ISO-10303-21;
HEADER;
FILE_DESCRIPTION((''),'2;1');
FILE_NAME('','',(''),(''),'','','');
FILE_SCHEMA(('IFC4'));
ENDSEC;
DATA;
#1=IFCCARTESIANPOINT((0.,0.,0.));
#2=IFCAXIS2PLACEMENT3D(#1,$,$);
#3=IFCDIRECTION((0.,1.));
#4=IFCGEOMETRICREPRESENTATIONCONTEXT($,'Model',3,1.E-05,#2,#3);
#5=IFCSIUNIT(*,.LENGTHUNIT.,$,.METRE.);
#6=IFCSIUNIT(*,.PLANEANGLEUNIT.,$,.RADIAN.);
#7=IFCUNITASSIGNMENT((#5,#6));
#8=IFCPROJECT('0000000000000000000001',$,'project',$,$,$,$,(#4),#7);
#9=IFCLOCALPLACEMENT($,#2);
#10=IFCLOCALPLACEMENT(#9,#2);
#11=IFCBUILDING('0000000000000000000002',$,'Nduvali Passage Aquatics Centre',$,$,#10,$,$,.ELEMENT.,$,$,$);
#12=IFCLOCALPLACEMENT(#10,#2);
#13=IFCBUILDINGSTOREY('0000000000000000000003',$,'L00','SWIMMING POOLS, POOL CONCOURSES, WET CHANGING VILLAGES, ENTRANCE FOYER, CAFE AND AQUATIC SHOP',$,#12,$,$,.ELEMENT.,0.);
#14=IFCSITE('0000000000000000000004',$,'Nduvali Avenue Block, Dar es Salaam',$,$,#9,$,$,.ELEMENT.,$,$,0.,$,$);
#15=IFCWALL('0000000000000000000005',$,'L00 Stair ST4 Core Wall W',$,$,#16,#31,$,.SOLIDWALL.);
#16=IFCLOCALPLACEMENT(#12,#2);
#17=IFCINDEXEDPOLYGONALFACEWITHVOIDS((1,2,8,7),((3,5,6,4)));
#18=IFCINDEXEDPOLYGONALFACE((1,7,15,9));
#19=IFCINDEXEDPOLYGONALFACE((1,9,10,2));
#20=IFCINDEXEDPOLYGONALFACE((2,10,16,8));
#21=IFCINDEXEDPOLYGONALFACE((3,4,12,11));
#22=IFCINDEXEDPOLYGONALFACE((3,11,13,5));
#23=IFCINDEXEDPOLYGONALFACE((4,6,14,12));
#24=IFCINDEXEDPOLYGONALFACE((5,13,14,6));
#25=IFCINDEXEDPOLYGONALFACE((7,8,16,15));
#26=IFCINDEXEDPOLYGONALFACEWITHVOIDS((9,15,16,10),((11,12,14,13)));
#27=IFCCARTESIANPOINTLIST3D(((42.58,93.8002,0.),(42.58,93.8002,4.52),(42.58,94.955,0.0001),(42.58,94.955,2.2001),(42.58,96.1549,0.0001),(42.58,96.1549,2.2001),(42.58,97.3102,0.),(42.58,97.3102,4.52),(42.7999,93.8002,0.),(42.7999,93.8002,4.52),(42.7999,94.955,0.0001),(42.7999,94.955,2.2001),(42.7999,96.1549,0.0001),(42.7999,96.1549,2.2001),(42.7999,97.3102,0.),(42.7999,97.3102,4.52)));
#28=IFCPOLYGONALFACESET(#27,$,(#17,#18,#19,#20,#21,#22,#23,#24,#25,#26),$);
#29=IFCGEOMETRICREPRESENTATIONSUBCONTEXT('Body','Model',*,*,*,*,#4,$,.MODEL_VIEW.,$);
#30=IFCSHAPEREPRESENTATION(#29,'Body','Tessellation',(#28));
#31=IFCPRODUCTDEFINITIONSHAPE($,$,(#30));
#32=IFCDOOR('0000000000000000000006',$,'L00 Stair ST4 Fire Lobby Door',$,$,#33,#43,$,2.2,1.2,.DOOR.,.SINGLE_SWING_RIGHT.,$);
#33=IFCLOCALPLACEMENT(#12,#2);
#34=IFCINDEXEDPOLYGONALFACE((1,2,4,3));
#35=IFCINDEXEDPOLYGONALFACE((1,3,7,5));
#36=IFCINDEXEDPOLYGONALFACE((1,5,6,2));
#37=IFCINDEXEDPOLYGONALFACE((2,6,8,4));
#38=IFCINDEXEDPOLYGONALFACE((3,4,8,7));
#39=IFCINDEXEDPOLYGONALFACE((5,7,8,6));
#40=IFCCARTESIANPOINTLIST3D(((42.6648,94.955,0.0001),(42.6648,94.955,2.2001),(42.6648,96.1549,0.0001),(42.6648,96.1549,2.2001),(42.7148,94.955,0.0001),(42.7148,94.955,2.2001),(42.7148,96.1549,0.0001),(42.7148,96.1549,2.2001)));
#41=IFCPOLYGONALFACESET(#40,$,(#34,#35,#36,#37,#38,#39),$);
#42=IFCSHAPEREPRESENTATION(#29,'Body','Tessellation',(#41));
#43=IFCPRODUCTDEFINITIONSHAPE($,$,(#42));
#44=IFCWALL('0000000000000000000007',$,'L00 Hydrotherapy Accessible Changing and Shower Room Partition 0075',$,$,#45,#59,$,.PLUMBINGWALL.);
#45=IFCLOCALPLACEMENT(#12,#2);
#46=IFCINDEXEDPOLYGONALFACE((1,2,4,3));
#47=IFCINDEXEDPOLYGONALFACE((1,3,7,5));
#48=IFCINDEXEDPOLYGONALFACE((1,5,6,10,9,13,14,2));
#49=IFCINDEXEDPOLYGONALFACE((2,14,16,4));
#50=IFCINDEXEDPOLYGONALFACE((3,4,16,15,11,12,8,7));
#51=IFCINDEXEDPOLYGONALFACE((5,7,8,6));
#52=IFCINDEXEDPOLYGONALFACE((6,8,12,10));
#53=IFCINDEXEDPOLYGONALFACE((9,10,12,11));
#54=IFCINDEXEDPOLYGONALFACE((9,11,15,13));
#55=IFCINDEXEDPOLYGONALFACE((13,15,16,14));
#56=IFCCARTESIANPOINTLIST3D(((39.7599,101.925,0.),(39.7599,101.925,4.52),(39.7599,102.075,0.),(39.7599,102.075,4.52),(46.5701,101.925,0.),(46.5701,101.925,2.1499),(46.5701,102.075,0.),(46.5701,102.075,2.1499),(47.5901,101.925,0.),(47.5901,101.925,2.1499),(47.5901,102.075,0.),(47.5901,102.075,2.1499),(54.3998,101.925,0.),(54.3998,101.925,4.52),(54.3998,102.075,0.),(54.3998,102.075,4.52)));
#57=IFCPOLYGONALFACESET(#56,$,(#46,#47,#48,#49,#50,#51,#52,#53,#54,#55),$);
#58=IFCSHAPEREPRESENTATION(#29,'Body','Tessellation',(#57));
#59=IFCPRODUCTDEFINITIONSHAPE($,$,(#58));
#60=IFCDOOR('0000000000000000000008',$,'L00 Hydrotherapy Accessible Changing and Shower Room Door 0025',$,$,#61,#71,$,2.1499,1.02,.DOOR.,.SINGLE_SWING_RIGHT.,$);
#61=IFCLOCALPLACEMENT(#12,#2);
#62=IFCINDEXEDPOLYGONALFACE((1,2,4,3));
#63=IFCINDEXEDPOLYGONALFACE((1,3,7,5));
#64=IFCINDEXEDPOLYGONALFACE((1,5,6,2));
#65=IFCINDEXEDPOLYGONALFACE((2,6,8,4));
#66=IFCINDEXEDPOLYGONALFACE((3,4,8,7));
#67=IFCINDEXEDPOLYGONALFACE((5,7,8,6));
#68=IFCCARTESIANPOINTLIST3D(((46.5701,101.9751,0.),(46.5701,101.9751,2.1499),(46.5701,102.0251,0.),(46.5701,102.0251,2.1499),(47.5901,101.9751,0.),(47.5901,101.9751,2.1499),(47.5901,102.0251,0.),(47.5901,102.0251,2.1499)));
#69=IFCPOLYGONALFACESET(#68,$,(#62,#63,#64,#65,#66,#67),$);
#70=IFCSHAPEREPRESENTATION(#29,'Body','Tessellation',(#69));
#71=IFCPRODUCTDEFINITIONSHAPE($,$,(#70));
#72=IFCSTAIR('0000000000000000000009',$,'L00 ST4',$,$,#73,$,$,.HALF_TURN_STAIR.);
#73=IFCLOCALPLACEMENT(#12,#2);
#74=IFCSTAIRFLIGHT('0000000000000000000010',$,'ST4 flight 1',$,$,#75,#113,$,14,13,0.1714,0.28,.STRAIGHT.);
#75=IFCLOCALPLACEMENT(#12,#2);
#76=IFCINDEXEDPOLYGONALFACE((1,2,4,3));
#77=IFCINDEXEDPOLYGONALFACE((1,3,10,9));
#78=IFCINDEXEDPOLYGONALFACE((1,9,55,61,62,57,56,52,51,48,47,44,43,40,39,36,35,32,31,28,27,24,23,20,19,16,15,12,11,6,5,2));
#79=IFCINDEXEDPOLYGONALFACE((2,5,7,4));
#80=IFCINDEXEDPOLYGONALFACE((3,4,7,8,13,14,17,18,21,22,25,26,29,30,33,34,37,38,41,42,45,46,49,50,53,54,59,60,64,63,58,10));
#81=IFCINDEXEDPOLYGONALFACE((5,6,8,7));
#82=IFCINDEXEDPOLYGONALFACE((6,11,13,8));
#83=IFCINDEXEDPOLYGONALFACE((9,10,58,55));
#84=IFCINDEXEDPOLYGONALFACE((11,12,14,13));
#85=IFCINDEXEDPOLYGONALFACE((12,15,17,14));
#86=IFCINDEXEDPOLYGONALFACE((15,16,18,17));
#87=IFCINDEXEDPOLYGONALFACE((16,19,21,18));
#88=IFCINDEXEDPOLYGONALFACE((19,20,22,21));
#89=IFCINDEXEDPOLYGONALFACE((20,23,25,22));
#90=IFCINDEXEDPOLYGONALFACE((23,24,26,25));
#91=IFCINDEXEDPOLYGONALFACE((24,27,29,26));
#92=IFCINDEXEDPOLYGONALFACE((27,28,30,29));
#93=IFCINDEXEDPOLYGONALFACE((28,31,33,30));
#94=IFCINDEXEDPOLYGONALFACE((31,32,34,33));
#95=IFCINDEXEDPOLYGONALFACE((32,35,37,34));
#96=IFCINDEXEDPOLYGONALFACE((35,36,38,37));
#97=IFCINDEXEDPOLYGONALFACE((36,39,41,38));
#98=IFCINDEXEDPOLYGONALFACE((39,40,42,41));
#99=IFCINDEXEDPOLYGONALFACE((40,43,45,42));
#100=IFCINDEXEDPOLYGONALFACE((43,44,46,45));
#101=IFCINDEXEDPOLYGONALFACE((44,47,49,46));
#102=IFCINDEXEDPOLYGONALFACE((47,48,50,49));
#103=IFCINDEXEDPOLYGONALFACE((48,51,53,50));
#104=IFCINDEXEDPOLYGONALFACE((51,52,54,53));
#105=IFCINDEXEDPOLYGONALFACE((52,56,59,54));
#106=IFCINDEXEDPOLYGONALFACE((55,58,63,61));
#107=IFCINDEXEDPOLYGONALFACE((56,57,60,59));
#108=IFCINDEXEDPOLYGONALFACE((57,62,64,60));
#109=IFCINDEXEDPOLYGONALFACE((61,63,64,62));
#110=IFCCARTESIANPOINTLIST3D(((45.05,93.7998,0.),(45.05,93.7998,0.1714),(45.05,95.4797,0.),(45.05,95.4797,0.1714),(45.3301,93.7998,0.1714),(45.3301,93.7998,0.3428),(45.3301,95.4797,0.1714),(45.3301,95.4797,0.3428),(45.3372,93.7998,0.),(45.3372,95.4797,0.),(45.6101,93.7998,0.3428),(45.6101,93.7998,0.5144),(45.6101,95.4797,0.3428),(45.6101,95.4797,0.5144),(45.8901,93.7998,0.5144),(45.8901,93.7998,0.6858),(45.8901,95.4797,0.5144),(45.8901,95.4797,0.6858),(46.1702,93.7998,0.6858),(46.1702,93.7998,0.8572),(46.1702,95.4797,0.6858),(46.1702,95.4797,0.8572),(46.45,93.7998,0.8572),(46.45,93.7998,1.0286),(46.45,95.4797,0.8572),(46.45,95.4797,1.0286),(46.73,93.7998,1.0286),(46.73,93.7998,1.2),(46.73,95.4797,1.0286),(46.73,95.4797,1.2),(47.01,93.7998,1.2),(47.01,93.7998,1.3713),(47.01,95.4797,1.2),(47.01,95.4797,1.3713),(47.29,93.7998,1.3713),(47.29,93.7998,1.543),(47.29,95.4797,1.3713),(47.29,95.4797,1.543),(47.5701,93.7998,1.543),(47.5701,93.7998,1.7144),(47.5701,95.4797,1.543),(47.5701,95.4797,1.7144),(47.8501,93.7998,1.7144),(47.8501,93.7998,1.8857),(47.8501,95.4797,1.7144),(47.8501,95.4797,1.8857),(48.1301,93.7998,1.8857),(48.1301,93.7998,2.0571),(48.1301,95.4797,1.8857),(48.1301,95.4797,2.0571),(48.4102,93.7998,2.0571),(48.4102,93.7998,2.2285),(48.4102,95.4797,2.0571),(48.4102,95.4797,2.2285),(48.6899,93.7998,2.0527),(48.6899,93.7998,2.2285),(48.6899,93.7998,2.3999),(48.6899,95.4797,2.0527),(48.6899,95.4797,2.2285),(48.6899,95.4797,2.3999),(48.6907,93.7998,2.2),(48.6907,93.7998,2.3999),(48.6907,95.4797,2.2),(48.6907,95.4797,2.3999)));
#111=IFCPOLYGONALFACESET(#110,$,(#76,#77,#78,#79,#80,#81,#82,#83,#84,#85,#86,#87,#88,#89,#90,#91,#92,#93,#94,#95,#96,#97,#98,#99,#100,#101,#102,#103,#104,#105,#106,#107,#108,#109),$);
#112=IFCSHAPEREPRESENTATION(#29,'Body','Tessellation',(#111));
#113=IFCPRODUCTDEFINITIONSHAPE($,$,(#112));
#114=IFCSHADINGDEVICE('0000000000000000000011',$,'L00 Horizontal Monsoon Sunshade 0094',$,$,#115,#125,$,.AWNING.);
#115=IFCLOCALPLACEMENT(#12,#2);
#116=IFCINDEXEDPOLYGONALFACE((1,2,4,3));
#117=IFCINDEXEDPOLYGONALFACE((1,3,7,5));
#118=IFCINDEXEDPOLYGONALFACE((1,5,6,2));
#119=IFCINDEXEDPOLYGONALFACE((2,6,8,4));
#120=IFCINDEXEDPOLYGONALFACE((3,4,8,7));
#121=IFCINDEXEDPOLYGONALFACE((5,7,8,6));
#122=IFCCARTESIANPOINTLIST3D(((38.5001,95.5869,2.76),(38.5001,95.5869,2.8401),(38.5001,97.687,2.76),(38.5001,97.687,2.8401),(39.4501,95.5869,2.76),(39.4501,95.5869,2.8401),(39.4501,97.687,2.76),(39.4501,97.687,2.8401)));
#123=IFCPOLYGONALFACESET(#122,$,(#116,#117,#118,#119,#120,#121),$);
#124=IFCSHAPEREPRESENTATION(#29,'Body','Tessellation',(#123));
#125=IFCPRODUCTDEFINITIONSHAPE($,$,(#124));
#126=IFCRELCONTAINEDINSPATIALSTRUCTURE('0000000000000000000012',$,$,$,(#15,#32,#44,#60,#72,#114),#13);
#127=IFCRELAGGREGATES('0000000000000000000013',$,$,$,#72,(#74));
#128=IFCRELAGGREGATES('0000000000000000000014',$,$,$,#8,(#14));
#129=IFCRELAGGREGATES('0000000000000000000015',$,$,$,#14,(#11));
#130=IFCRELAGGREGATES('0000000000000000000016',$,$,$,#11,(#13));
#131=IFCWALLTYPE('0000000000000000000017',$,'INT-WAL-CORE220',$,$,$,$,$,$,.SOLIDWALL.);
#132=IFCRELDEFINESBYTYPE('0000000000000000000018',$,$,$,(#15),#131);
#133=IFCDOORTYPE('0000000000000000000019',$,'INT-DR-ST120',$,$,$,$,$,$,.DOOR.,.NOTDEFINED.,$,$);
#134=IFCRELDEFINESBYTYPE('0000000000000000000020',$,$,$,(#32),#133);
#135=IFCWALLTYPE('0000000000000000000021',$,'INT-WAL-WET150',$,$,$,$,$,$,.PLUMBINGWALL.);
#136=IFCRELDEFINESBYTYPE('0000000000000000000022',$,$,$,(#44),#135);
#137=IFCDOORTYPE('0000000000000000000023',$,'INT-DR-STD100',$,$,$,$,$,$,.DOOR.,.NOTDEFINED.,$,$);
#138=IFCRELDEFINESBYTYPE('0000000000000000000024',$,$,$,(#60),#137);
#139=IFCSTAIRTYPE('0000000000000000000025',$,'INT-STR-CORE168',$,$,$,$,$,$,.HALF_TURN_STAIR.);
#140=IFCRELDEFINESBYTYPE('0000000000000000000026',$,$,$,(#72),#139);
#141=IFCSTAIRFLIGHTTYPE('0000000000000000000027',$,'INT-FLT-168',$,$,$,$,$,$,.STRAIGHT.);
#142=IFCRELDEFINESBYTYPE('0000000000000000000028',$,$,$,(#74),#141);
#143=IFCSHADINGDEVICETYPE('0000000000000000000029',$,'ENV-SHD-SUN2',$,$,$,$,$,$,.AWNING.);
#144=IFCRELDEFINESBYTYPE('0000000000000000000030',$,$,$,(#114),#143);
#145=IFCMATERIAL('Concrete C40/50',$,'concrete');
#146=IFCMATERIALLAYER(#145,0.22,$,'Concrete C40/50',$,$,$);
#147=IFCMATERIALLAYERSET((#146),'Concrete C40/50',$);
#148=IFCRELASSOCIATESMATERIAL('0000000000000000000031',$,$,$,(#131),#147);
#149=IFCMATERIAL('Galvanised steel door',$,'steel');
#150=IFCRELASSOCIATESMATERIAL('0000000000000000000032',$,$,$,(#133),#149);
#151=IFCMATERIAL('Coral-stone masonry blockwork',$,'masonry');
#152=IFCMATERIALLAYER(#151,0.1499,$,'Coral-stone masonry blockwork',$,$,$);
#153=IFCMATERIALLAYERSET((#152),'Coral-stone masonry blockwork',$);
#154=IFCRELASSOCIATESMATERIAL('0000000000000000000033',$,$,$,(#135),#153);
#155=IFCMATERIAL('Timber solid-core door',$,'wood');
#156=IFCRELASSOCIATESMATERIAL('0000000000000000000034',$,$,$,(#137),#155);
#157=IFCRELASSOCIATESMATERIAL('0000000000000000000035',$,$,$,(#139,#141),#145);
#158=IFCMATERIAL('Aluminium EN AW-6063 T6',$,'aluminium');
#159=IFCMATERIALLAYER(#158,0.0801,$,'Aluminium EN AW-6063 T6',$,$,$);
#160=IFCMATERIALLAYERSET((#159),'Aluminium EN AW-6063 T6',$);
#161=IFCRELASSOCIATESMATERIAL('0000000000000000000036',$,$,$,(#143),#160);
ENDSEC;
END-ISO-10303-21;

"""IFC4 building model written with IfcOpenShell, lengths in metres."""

from ifc_helpers import new_model, si_unit, direction, frame, frame_2d, origin, origin_2d, place, context, subcontext, project, spatial, polyline, rectangle, outline, extrude, material, layer, layer_set, type_object, element, fill, aggregate, save


model = new_model("IFC4")

# Units and contexts
model_context = context("Model", 3, precision=1e-05, world=origin(), true_north=direction((0.0, 1.0)))
body_context = subcontext(model_context, "Body", "Model", "MODEL_VIEW")
ifc_project = project(units=[si_unit("LENGTHUNIT", "METRE"), si_unit("PLANEANGLEUNIT", "RADIAN")], contexts=[model_context])

# Site, building, storey
site_placement = place(None, origin())
site = spatial("IfcSite", under=ifc_project, at=site_placement, Name="Nduvali Avenue Block, Dar es Salaam", CompositionType="ELEMENT", RefElevation=0.0)
building_placement = place(site_placement, origin())
building = spatial("IfcBuilding", under=site, at=building_placement, Name="Nduvali Passage Aquatics Centre", CompositionType="ELEMENT")
storey_placement = place(building_placement, origin())
storey = spatial("IfcBuildingStorey", under=building, at=storey_placement, Name="L00", Description="SWIMMING POOLS, POOL CONCOURSES, WET CHANGING VILLAGES, ENTRANCE FOYER, CAFE AND AQUATIC SHOP", CompositionType="ELEMENT", Elevation=0.0)

# Shared definitions
ifc_material_1 = material(Name="Concrete C40/50", Category="concrete")

# Shared definitions
ifc_material_2 = material(Name="Coral-stone masonry blockwork", Category="masonry")

# Walls, openings, doors
ifc_layer_1 = layer(ifc_material_1, 0.22, Name="Concrete C40/50")
ifc_layer_set_1 = layer_set([ifc_layer_1], Name="Concrete C40/50")
wall_type_1 = type_object("IfcWallType", Name="INT-WAL-CORE220", PredefinedType="SOLIDWALL", material=ifc_layer_set_1)
wall_1_placement = place(storey_placement, frame((42.6899, 97.3101, 0.0), z_axis=(0.0, 0.0, 1.0), x_axis=(0.0, -1.0, 0.0)))
wall_1 = element("IfcWall", 1, at=wall_1_placement, inside=storey, type_object=wall_type_1, Name="L00 Stair ST4 Core Wall W", PredefinedType="SOLIDWALL", context=body_context, shape_type="SweptSolid", body=[
    extrude(rectangle(XDim=3.51, YDim=0.22, at=frame_2d((1.7549, 0.0))), origin(), (0.0, 0.0, 1.0), 4.52),
])
opening_1_placement = place(wall_1_placement, frame((1.155, 0.0, 0.0)))
opening_1 = element("IfcOpeningElement", 2, at=opening_1_placement, cuts=wall_1, PredefinedType="OPENING", context=body_context, shape_type="SweptSolid", body=[
    extrude(rectangle(XDim=1.2, YDim=2.2, at=frame_2d((0.6001, 1.1001))), frame((0.0, 0.125, 0.0), z_axis=(0.0, -1.0, 0.0), x_axis=(1.0, 0.0, 0.0)), (0.0, 0.0, 1.0), 0.2498),
])
ifc_material_3 = material(Name="Galvanised steel door", Category="steel")
door_type_1 = type_object("IfcDoorType", Name="INT-DR-ST120", OperationType="NOTDEFINED", PredefinedType="DOOR", material=ifc_material_3)
door_1_placement = place(opening_1_placement, origin())
door_1 = element("IfcDoor", 3, at=door_1_placement, inside=storey, type_object=door_type_1, Name="L00 Stair ST4 Fire Lobby Door", OperationType="SINGLE_SWING_RIGHT", OverallHeight=2.2, OverallWidth=1.2, PredefinedType="DOOR", context=body_context, shape_type="SweptSolid", body=[
    extrude(rectangle(XDim=1.2, YDim=2.2, at=frame_2d((0.6001, 1.1001))), frame((0.0, 0.0249, 0.0), z_axis=(0.0, -1.0, 0.0), x_axis=(1.0, 0.0, 0.0)), (0.0, 0.0, 1.0), 0.05),
])
fill(opening_1, door_1)
ifc_layer_2 = layer(ifc_material_2, 0.1499, Name="Coral-stone masonry blockwork")
ifc_layer_set_2 = layer_set([ifc_layer_2], Name="Coral-stone masonry blockwork")
wall_type_2 = type_object("IfcWallType", Name="INT-WAL-WET150", PredefinedType="PLUMBINGWALL", material=ifc_layer_set_2)
wall_2_placement = place(storey_placement, frame((39.76, 102.0, 0.0), z_axis=(0.0, 0.0, 1.0), x_axis=(1.0, 0.0, 0.0)))
wall_2 = element("IfcWall", 4, at=wall_2_placement, inside=storey, type_object=wall_type_2, Name="L00 Hydrotherapy Accessible Changing and Shower Room Partition 0075", PredefinedType="PLUMBINGWALL", context=body_context, shape_type="SweptSolid", body=[
    extrude(rectangle(XDim=14.6399, YDim=0.1499, at=frame_2d((7.3198, 0.0))), origin(), (0.0, 0.0, 1.0), 4.52),
])
opening_2_placement = place(wall_2_placement, frame((6.8101, 0.0, 0.0)))
opening_2 = element("IfcOpeningElement", 5, at=opening_2_placement, cuts=wall_2, PredefinedType="OPENING", context=body_context, shape_type="SweptSolid", body=[
    extrude(rectangle(XDim=1.02, YDim=2.1499, at=frame_2d((0.51, 1.075))), frame((0.0, 0.0898, 0.0), z_axis=(0.0, -1.0, 0.0), x_axis=(1.0, 0.0, 0.0)), (0.0, 0.0, 1.0), 0.1797),
])
ifc_material_4 = material(Name="Timber solid-core door", Category="wood")
door_type_2 = type_object("IfcDoorType", Name="INT-DR-STD100", OperationType="NOTDEFINED", PredefinedType="DOOR", material=ifc_material_4)
door_2_placement = place(opening_2_placement, frame((1.02, 0.0, 0.0), z_axis=(0.0, 0.0, 1.0), x_axis=(-1.0, 0.0, 0.0)))
door_2 = element("IfcDoor", 6, at=door_2_placement, inside=storey, type_object=door_type_2, Name="L00 Hydrotherapy Accessible Changing and Shower Room Door 0025", OperationType="SINGLE_SWING_RIGHT", OverallHeight=2.1499, OverallWidth=1.02, PredefinedType="DOOR", context=body_context, shape_type="SweptSolid", body=[
    extrude(rectangle(XDim=1.02, YDim=2.1499, at=frame_2d((0.51, 1.075))), frame((0.0, 0.0249, 0.0), z_axis=(0.0, -1.0, 0.0), x_axis=(1.0, 0.0, 0.0)), (0.0, 0.0, 1.0), 0.05),
])
fill(opening_2, door_2)

# Stair, stair flight
stair_type = type_object("IfcStairType", Name="INT-STR-CORE168", PredefinedType="HALF_TURN_STAIR", material=ifc_material_1)
stair_placement = place(storey_placement, origin())
stair = element("IfcStair", 7, at=stair_placement, inside=storey, type_object=stair_type, Name="L00 ST4", PredefinedType="HALF_TURN_STAIR")
stair_flight_type = type_object("IfcStairFlightType", Name="INT-FLT-168", PredefinedType="STRAIGHT", material=ifc_material_1)
stair_flight_placement = place(storey_placement, frame((45.05, 94.6399, 0.0), z_axis=(0.0, 0.0, 1.0), x_axis=(1.0, 0.0, 0.0)))
stair_flight = element("IfcStairFlight", 8, at=stair_flight_placement, type_object=stair_flight_type, Name="ST4 flight 1", NumberOfRisers=14, NumberOfTreads=13, PredefinedType="STRAIGHT", RiserHeight=0.1714, TreadLength=0.28, context=body_context, shape_type="SweptSolid", body=[
    extrude(outline(polyline([(0.0, 0.0), (0.0, 0.1714), (0.28, 0.1714), (0.28, 0.3428), (0.5601, 0.3428), (0.5601, 0.5144), (0.8401, 0.5144), (0.8401, 0.6858), (1.1201, 0.6858), (1.1201, 0.8572), (1.3999, 0.8572), (1.3999, 1.0286), (1.6799, 1.0286), (1.6799, 1.2), (1.96, 1.2), (1.96, 1.3713), (2.24, 1.3713), (2.24, 1.543), (2.52, 1.543), (2.52, 1.7144), (2.8, 1.7144), (2.8, 1.8857), (3.0801, 1.8857), (3.0801, 2.0571), (3.3601, 2.0571), (3.3601, 2.2285), (3.6399, 2.2285), (3.6399, 2.3999), (3.6406, 2.3999), (3.6406, 2.2), (3.6399, 2.0527), (0.2871, 0.0), (0.0, 0.0)])), frame((0.0, 0.8398, 0.0), z_axis=(0.0, -1.0, 0.0), x_axis=(1.0, 0.0, 0.0)), (0.0, 0.0, 1.0), 1.6799),
])
aggregate(stair, [stair_flight])

# Shading device
ifc_material_5 = material(Name="Aluminium EN AW-6063 T6", Category="aluminium")
ifc_layer_3 = layer(ifc_material_5, 0.0801, Name="Aluminium EN AW-6063 T6")
ifc_layer_set_3 = layer_set([ifc_layer_3], Name="Aluminium EN AW-6063 T6")
shading_device_type = type_object("IfcShadingDeviceType", Name="ENV-SHD-SUN2", PredefinedType="AWNING", material=ifc_layer_set_3)
shading_device_placement = place(storey_placement, frame((38.9751, 96.637, 2.76), z_axis=(0.0, 0.0, 1.0), x_axis=(0.0, -1.0, 0.0)))
element("IfcShadingDevice", 9, at=shading_device_placement, inside=storey, type_object=shading_device_type, Name="L00 Horizontal Monsoon Sunshade 0094", PredefinedType="AWNING", context=body_context, shape_type="SweptSolid", body=[
    extrude(rectangle(XDim=2.1001, YDim=0.95, at=origin_2d()), origin(), (0.0, 0.0, 1.0), 0.0801),
])

save(model, "model.ifc")
